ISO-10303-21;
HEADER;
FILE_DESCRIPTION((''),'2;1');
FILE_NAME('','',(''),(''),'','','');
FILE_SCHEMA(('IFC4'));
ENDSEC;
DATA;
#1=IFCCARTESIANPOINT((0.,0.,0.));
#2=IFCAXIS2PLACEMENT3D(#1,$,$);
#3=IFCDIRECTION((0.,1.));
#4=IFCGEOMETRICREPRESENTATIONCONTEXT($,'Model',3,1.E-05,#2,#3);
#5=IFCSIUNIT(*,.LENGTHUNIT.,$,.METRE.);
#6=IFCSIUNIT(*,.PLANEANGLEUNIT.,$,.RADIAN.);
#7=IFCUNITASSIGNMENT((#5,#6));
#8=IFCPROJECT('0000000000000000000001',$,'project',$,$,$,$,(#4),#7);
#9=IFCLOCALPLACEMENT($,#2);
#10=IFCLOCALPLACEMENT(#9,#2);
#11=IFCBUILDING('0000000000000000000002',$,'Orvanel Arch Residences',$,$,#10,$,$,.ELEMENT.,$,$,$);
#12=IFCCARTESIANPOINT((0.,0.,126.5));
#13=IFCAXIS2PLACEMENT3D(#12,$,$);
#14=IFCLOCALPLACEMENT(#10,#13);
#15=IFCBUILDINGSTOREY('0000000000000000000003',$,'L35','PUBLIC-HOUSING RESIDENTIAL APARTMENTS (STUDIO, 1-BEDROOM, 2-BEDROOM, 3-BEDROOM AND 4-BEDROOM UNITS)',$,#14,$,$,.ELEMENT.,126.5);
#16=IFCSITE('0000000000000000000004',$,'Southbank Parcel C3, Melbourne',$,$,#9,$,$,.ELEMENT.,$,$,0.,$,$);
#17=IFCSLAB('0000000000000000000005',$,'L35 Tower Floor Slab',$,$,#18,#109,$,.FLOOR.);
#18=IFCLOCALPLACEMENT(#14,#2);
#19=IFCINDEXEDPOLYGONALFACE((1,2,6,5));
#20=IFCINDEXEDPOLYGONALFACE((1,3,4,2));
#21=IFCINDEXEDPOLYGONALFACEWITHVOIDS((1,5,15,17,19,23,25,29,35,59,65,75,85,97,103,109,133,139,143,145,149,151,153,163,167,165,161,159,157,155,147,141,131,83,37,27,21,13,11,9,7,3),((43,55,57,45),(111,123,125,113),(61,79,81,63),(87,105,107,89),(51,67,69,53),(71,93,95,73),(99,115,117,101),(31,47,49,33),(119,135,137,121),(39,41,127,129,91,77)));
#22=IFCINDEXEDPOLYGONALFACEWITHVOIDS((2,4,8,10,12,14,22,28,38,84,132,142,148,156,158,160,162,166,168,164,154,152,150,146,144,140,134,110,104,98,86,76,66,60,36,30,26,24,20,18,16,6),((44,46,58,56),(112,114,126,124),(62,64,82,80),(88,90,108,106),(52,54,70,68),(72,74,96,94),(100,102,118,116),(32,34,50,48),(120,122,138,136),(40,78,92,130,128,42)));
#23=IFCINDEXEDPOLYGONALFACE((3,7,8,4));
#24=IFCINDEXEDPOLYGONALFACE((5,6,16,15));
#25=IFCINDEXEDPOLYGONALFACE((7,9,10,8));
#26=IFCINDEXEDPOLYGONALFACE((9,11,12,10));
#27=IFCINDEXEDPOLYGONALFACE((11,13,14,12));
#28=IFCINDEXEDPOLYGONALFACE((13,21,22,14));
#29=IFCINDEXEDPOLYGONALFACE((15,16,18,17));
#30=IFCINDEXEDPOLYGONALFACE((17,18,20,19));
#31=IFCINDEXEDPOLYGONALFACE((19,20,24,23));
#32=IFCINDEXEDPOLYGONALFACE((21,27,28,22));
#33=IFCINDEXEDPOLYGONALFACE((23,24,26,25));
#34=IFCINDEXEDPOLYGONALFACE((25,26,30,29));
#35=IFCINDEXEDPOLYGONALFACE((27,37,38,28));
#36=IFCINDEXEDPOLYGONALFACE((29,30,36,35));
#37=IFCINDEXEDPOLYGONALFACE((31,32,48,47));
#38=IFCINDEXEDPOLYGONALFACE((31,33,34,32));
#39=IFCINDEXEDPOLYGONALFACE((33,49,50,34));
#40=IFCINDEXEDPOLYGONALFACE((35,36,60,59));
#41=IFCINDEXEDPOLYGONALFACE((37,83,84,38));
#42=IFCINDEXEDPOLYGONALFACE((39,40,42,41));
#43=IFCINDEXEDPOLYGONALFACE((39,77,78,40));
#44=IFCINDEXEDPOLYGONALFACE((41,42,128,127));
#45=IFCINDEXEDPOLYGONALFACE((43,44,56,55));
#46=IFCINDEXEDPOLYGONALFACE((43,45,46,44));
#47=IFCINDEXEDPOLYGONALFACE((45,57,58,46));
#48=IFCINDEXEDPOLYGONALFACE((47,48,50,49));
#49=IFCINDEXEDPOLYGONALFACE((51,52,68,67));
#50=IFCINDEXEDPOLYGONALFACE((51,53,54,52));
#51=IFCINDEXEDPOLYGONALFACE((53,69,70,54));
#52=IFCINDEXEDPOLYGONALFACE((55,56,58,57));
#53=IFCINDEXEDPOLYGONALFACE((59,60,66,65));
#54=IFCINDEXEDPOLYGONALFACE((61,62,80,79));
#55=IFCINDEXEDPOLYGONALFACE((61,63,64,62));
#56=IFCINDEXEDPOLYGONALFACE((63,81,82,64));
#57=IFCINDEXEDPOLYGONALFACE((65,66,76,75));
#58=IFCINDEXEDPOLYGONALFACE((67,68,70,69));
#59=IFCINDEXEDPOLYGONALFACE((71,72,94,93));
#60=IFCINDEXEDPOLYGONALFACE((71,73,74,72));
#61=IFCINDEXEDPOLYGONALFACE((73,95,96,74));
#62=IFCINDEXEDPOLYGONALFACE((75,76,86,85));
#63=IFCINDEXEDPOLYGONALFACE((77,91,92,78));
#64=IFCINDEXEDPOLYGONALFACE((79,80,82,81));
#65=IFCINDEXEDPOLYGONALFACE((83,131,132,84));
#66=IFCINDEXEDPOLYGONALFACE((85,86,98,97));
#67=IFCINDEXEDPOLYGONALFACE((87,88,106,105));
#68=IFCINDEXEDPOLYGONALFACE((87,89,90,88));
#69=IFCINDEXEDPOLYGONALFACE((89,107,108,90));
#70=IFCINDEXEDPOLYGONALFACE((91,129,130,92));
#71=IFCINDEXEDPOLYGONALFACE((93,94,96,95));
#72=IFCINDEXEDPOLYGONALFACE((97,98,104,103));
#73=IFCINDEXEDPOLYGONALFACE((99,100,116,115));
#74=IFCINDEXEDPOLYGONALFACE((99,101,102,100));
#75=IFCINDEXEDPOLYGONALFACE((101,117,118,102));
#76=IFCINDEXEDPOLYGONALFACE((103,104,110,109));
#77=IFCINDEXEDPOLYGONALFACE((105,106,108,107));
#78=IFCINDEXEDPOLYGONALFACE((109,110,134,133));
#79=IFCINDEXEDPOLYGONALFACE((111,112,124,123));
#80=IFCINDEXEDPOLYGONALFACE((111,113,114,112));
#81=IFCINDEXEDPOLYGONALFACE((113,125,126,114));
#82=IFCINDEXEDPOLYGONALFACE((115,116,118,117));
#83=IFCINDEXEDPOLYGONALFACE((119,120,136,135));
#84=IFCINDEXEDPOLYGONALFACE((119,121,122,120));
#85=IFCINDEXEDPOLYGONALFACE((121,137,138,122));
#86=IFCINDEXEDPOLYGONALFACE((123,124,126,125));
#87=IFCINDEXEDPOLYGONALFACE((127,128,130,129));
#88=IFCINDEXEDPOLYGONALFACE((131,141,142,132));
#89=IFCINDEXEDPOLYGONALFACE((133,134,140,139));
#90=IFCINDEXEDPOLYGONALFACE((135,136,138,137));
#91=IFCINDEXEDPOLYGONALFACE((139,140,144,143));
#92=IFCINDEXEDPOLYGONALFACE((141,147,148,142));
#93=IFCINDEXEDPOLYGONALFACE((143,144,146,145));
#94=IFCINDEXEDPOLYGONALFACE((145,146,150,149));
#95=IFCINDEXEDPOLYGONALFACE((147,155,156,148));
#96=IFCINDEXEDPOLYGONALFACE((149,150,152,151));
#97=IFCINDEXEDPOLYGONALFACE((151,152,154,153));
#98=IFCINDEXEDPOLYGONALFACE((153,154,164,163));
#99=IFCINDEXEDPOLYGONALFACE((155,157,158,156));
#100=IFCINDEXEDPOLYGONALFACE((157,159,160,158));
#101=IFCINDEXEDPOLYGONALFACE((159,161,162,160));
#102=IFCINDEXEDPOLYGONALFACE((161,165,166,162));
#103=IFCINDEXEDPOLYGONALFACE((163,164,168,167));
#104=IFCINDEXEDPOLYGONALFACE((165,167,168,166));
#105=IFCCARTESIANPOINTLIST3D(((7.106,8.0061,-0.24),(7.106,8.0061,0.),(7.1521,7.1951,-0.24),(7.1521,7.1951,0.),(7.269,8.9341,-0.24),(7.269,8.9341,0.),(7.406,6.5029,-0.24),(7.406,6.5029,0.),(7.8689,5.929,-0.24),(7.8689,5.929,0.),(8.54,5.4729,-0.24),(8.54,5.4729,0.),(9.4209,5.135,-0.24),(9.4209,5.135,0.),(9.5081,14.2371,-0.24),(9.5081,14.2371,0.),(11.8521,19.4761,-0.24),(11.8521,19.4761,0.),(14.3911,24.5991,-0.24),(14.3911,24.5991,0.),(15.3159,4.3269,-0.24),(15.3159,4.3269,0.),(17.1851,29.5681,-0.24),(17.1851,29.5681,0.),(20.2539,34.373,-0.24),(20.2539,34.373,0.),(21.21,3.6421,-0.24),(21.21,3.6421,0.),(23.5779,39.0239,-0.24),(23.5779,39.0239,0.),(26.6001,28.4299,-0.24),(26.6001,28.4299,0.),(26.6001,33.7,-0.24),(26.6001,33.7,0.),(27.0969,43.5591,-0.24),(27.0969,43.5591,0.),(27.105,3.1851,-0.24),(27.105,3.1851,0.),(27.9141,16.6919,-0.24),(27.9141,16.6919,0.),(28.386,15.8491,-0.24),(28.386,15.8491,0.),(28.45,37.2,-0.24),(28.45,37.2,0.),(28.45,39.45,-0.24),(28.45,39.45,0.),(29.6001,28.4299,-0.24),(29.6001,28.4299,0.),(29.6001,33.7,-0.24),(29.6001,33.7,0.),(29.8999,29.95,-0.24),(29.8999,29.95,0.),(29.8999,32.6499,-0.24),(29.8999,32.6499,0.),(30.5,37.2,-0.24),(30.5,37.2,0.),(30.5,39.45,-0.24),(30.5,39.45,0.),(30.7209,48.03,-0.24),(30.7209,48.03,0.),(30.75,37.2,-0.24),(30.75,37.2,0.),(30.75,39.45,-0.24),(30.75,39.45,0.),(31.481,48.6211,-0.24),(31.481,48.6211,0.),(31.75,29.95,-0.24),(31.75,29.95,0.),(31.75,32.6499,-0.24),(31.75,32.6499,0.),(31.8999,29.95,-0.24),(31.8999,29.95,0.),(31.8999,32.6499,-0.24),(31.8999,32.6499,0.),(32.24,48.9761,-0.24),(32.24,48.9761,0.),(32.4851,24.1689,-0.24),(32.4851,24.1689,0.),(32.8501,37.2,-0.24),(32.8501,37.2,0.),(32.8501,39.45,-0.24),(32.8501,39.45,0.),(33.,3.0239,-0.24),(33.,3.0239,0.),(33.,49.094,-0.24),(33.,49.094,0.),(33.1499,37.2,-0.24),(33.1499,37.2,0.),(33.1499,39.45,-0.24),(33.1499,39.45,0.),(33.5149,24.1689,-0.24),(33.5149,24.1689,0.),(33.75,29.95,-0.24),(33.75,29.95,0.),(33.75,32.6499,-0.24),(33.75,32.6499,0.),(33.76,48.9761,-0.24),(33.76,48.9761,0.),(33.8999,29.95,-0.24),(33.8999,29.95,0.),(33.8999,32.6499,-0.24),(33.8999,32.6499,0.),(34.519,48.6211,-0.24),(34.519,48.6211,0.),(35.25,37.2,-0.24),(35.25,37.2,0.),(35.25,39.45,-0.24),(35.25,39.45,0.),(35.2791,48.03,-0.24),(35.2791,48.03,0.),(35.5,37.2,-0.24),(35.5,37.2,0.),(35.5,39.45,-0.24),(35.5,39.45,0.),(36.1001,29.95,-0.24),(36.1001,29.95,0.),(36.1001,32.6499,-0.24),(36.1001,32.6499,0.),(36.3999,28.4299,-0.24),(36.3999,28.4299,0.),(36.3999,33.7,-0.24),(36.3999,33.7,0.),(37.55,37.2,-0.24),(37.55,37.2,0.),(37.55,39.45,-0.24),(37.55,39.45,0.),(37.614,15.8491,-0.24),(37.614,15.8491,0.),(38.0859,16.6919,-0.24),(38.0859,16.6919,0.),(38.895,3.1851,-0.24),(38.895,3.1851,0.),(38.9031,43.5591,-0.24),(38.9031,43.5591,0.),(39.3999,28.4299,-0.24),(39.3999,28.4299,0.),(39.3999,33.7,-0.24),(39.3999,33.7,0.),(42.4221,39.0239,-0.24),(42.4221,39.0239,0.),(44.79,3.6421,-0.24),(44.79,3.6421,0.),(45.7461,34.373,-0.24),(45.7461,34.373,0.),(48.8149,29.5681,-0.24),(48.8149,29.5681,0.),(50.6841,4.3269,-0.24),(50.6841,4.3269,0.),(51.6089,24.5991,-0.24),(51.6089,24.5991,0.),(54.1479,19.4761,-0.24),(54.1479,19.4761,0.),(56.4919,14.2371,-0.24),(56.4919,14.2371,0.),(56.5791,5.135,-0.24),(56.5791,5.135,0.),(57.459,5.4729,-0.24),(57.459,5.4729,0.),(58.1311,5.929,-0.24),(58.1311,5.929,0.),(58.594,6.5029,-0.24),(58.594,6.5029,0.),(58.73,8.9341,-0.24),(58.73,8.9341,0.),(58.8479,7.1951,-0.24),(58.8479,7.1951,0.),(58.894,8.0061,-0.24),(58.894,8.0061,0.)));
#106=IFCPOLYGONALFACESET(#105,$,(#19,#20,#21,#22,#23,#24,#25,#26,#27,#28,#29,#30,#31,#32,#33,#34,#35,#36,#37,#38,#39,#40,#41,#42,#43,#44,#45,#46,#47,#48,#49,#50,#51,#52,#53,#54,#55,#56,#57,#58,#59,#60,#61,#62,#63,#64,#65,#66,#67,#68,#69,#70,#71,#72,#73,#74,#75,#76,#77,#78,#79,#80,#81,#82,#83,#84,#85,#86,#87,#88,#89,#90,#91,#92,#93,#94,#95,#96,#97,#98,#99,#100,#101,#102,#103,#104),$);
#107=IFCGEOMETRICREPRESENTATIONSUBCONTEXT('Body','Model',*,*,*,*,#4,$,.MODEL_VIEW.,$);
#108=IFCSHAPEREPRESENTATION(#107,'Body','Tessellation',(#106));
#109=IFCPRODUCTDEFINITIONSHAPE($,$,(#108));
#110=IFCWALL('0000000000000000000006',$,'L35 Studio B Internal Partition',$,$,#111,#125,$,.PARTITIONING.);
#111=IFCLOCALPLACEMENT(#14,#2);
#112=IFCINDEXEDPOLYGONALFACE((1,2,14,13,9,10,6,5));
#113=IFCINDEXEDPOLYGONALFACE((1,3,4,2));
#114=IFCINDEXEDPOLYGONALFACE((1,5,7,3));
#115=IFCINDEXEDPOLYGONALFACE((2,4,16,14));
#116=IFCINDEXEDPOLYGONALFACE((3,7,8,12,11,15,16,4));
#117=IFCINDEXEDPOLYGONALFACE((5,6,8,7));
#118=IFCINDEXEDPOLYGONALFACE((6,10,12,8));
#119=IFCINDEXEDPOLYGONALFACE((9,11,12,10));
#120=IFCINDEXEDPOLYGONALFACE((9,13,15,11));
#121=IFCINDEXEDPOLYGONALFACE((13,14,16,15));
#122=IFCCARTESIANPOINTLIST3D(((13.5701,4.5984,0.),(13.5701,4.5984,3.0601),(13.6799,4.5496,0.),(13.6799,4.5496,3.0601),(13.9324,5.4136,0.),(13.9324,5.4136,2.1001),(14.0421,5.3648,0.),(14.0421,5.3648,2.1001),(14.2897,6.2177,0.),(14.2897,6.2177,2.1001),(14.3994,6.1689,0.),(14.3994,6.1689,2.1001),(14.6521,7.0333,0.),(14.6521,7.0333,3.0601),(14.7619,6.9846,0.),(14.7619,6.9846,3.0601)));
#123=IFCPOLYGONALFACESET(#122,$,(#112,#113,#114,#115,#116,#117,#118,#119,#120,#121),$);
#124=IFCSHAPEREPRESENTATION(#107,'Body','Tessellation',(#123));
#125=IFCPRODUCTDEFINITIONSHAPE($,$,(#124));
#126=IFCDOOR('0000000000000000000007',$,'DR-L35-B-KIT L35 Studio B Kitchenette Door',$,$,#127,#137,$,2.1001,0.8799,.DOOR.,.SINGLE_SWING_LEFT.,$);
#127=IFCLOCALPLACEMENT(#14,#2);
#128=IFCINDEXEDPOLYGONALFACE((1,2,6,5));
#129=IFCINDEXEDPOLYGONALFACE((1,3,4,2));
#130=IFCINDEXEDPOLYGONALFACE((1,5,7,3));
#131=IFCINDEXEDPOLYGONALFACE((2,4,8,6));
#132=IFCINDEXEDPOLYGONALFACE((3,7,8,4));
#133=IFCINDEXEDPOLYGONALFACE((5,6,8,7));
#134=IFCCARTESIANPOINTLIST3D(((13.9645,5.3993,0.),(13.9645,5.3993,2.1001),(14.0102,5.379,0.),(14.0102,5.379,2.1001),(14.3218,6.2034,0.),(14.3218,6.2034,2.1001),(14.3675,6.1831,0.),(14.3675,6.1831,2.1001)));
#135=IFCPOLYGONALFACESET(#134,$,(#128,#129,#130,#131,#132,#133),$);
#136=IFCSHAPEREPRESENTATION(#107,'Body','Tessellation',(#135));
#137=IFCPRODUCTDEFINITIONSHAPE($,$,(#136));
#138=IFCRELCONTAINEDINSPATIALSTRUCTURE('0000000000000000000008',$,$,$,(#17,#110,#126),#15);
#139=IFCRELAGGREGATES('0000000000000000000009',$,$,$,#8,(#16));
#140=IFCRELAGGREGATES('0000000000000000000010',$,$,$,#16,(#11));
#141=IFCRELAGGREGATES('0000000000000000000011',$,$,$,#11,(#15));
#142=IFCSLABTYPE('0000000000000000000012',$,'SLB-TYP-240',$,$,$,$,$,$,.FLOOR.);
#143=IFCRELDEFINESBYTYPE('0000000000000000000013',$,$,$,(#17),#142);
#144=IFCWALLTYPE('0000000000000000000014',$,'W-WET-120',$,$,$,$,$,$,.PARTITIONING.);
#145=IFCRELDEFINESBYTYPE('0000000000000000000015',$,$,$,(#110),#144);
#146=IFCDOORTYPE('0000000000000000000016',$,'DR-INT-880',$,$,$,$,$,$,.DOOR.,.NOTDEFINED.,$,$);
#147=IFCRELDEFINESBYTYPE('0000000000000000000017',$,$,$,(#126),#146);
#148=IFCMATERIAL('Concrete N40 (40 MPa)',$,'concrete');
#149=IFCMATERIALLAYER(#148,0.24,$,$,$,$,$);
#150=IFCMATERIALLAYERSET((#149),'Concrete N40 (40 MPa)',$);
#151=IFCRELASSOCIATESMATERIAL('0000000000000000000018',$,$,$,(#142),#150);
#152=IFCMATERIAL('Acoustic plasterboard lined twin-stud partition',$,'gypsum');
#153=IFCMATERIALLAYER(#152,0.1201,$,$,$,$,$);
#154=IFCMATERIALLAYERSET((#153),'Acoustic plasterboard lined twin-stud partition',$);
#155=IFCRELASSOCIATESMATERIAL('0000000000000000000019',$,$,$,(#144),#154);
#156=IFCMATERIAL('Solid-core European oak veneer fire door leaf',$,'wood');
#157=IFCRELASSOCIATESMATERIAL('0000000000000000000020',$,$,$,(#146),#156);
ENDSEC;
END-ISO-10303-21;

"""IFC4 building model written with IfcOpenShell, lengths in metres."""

from ifc_helpers import new_model, si_unit, direction, frame, frame_2d, origin, place, context, subcontext, project, spatial, polyline, rectangle, outline, extrude, material, layer, layer_set, type_object, element, fill, save


model = new_model("IFC4")

# Units and contexts
model_context = context("Model", 3, precision=1e-05, world=origin(), true_north=direction((0.0, 1.0)))
body_context = subcontext(model_context, "Body", "Model", "MODEL_VIEW")
ifc_project = project(units=[si_unit("LENGTHUNIT", "METRE"), si_unit("PLANEANGLEUNIT", "RADIAN")], contexts=[model_context])

# Site, building, storey
site_placement = place(None, origin())
site = spatial("IfcSite", under=ifc_project, at=site_placement, Name="Southbank Parcel C3, Melbourne", CompositionType="ELEMENT", RefElevation=0.0)
building_placement = place(site_placement, origin())
building = spatial("IfcBuilding", under=site, at=building_placement, Name="Orvanel Arch Residences", CompositionType="ELEMENT")
storey_placement = place(building_placement, frame((0.0, 0.0, 126.5)))
storey = spatial("IfcBuildingStorey", under=building, at=storey_placement, Name="L35", Description="PUBLIC-HOUSING RESIDENTIAL APARTMENTS (STUDIO, 1-BEDROOM, 2-BEDROOM, 3-BEDROOM AND 4-BEDROOM UNITS)", CompositionType="ELEMENT", Elevation=126.5)

# Shared definitions
ifc_material_1 = material(Name="Concrete N40 (40 MPa)", Category="concrete")

# Slab
ifc_layer_1 = layer(ifc_material_1, 0.24)
ifc_layer_set_1 = layer_set([ifc_layer_1], Name="Concrete N40 (40 MPa)")
slab_type_1 = type_object("IfcSlabType", Name="SLB-TYP-240", PredefinedType="FLOOR", material=ifc_layer_set_1)
slab_1_placement = place(storey_placement, frame((0.0, 0.0, -0.24)))
element("IfcSlab", 1, at=slab_1_placement, inside=storey, type_object=slab_type_1, Name="L35 Tower Floor Slab", PredefinedType="FLOOR", context=body_context, shape_type="SweptSolid", body=[
    extrude(outline(polyline([(35.2791, 48.03), (34.519, 48.6211), (33.76, 48.9761), (33.0, 49.094), (32.24, 48.9761), (31.481, 48.6211), (30.7209, 48.03), (27.0969, 43.5591), (23.5779, 39.0239), (20.2539, 34.373), (17.1851, 29.5681), (14.3911, 24.5991), (11.8521, 19.4761), (9.5081, 14.2371), (7.269, 8.9341), (7.106, 8.0061), (7.1521, 7.1951), (7.406, 6.5029), (7.8689, 5.929), (8.54, 5.4729), (9.4209, 5.135), (15.3159, 4.3269), (21.21, 3.6421), (27.105, 3.1851), (33.0, 3.0239), (38.895, 3.1851), (44.79, 3.6421), (50.6841, 4.3269), (56.5791, 5.135), (57.459, 5.4729), (58.1311, 5.929), (58.594, 6.5029), (58.8479, 7.1951), (58.894, 8.0061), (58.73, 8.9341), (56.4919, 14.2371), (54.1479, 19.4761), (51.6089, 24.5991), (48.8149, 29.5681), (45.7461, 34.373), (42.4221, 39.0239), (38.9031, 43.5591), (35.2791, 48.03)]), holes=[polyline([(26.6001, 28.4299), (26.6001, 33.7), (29.6001, 33.7), (29.6001, 28.4299), (26.6001, 28.4299)]), polyline([(36.3999, 28.4299), (36.3999, 33.7), (39.3999, 33.7), (39.3999, 28.4299), (36.3999, 28.4299)]), polyline([(29.8999, 32.6499), (31.75, 32.6499), (31.75, 29.95), (29.8999, 29.95), (29.8999, 32.6499)]), polyline([(31.8999, 32.6499), (33.75, 32.6499), (33.75, 29.95), (31.8999, 29.95), (31.8999, 32.6499)]), polyline([(33.8999, 32.6499), (36.1001, 32.6499), (36.1001, 29.95), (33.8999, 29.95), (33.8999, 32.6499)]), polyline([(28.45, 39.45), (30.5, 39.45), (30.5, 37.2), (28.45, 37.2), (28.45, 39.45)]), polyline([(35.5, 39.45), (37.55, 39.45), (37.55, 37.2), (35.5, 37.2), (35.5, 39.45)]), polyline([(30.75, 39.45), (32.8501, 39.45), (32.8501, 37.2), (30.75, 37.2), (30.75, 39.45)]), polyline([(33.1499, 39.45), (35.25, 39.45), (35.25, 37.2), (33.1499, 37.2), (33.1499, 39.45)]), polyline([(38.0859, 16.6919), (37.614, 15.8491), (28.386, 15.8491), (27.9141, 16.6919), (32.4851, 24.1689), (33.5149, 24.1689), (38.0859, 16.6919)])]), origin(), (0.0, 0.0, 1.0), 0.24),
])

# Wall, opening, door
ifc_material_2 = material(Name="Acoustic plasterboard lined twin-stud partition", Category="gypsum")
ifc_layer_2 = layer(ifc_material_2, 0.1201)
ifc_layer_set_2 = layer_set([ifc_layer_2], Name="Acoustic plasterboard lined twin-stud partition")
wall_type = type_object("IfcWallType", Name="W-WET-120", PredefinedType="PARTITIONING", material=ifc_layer_set_2)
wall_placement = place(storey_placement, frame((13.625, 4.574, 0.0), z_axis=(0.0, 0.0, 1.0), x_axis=(0.40607, 0.913842, 0.0)))
wall = element("IfcWall", 2, at=wall_placement, inside=storey, type_object=wall_type, Name="L35 Studio B Internal Partition", PredefinedType="PARTITIONING", context=body_context, shape_type="SweptSolid", body=[
    extrude(rectangle(XDim=2.6646, YDim=0.1201, at=frame_2d((1.3323, 0.0))), origin(), (0.0, 0.0, 1.0), 3.0601),
])
opening_placement = place(wall_placement, frame((0.8921, 0.0, 0.0)))
opening = element("IfcOpeningElement", 3, at=opening_placement, cuts=wall, PredefinedType="OPENING", context=body_context, shape_type="SweptSolid", body=[
    extrude(rectangle(XDim=0.8799, YDim=2.1001, at=frame_2d((0.4399, 1.05))), frame((0.0, 0.0701, 0.0), z_axis=(0.0, -1.0, 0.0), x_axis=(1.0, 0.0, 0.0)), (0.0, 0.0, 1.0), 0.1401),
])
ifc_material_3 = material(Name="Solid-core European oak veneer fire door leaf", Category="wood")
door_type = type_object("IfcDoorType", Name="DR-INT-880", OperationType="NOTDEFINED", PredefinedType="DOOR", material=ifc_material_3)
door_placement = place(opening_placement, origin())
door = element("IfcDoor", 4, at=door_placement, inside=storey, type_object=door_type, Name="DR-L35-B-KIT L35 Studio B Kitchenette Door", OperationType="SINGLE_SWING_LEFT", OverallHeight=2.1001, OverallWidth=0.8799, PredefinedType="DOOR", context=body_context, shape_type="SweptSolid", body=[
    extrude(rectangle(XDim=0.8799, YDim=2.1001, at=frame_2d((0.4399, 1.05))), frame((0.0, 0.0249, 0.0), z_axis=(0.0, -1.0, 0.0), x_axis=(1.0, 0.0, 0.0)), (0.0, 0.0, 1.0), 0.05),
])
fill(opening, door)

save(model, "model.ifc")
